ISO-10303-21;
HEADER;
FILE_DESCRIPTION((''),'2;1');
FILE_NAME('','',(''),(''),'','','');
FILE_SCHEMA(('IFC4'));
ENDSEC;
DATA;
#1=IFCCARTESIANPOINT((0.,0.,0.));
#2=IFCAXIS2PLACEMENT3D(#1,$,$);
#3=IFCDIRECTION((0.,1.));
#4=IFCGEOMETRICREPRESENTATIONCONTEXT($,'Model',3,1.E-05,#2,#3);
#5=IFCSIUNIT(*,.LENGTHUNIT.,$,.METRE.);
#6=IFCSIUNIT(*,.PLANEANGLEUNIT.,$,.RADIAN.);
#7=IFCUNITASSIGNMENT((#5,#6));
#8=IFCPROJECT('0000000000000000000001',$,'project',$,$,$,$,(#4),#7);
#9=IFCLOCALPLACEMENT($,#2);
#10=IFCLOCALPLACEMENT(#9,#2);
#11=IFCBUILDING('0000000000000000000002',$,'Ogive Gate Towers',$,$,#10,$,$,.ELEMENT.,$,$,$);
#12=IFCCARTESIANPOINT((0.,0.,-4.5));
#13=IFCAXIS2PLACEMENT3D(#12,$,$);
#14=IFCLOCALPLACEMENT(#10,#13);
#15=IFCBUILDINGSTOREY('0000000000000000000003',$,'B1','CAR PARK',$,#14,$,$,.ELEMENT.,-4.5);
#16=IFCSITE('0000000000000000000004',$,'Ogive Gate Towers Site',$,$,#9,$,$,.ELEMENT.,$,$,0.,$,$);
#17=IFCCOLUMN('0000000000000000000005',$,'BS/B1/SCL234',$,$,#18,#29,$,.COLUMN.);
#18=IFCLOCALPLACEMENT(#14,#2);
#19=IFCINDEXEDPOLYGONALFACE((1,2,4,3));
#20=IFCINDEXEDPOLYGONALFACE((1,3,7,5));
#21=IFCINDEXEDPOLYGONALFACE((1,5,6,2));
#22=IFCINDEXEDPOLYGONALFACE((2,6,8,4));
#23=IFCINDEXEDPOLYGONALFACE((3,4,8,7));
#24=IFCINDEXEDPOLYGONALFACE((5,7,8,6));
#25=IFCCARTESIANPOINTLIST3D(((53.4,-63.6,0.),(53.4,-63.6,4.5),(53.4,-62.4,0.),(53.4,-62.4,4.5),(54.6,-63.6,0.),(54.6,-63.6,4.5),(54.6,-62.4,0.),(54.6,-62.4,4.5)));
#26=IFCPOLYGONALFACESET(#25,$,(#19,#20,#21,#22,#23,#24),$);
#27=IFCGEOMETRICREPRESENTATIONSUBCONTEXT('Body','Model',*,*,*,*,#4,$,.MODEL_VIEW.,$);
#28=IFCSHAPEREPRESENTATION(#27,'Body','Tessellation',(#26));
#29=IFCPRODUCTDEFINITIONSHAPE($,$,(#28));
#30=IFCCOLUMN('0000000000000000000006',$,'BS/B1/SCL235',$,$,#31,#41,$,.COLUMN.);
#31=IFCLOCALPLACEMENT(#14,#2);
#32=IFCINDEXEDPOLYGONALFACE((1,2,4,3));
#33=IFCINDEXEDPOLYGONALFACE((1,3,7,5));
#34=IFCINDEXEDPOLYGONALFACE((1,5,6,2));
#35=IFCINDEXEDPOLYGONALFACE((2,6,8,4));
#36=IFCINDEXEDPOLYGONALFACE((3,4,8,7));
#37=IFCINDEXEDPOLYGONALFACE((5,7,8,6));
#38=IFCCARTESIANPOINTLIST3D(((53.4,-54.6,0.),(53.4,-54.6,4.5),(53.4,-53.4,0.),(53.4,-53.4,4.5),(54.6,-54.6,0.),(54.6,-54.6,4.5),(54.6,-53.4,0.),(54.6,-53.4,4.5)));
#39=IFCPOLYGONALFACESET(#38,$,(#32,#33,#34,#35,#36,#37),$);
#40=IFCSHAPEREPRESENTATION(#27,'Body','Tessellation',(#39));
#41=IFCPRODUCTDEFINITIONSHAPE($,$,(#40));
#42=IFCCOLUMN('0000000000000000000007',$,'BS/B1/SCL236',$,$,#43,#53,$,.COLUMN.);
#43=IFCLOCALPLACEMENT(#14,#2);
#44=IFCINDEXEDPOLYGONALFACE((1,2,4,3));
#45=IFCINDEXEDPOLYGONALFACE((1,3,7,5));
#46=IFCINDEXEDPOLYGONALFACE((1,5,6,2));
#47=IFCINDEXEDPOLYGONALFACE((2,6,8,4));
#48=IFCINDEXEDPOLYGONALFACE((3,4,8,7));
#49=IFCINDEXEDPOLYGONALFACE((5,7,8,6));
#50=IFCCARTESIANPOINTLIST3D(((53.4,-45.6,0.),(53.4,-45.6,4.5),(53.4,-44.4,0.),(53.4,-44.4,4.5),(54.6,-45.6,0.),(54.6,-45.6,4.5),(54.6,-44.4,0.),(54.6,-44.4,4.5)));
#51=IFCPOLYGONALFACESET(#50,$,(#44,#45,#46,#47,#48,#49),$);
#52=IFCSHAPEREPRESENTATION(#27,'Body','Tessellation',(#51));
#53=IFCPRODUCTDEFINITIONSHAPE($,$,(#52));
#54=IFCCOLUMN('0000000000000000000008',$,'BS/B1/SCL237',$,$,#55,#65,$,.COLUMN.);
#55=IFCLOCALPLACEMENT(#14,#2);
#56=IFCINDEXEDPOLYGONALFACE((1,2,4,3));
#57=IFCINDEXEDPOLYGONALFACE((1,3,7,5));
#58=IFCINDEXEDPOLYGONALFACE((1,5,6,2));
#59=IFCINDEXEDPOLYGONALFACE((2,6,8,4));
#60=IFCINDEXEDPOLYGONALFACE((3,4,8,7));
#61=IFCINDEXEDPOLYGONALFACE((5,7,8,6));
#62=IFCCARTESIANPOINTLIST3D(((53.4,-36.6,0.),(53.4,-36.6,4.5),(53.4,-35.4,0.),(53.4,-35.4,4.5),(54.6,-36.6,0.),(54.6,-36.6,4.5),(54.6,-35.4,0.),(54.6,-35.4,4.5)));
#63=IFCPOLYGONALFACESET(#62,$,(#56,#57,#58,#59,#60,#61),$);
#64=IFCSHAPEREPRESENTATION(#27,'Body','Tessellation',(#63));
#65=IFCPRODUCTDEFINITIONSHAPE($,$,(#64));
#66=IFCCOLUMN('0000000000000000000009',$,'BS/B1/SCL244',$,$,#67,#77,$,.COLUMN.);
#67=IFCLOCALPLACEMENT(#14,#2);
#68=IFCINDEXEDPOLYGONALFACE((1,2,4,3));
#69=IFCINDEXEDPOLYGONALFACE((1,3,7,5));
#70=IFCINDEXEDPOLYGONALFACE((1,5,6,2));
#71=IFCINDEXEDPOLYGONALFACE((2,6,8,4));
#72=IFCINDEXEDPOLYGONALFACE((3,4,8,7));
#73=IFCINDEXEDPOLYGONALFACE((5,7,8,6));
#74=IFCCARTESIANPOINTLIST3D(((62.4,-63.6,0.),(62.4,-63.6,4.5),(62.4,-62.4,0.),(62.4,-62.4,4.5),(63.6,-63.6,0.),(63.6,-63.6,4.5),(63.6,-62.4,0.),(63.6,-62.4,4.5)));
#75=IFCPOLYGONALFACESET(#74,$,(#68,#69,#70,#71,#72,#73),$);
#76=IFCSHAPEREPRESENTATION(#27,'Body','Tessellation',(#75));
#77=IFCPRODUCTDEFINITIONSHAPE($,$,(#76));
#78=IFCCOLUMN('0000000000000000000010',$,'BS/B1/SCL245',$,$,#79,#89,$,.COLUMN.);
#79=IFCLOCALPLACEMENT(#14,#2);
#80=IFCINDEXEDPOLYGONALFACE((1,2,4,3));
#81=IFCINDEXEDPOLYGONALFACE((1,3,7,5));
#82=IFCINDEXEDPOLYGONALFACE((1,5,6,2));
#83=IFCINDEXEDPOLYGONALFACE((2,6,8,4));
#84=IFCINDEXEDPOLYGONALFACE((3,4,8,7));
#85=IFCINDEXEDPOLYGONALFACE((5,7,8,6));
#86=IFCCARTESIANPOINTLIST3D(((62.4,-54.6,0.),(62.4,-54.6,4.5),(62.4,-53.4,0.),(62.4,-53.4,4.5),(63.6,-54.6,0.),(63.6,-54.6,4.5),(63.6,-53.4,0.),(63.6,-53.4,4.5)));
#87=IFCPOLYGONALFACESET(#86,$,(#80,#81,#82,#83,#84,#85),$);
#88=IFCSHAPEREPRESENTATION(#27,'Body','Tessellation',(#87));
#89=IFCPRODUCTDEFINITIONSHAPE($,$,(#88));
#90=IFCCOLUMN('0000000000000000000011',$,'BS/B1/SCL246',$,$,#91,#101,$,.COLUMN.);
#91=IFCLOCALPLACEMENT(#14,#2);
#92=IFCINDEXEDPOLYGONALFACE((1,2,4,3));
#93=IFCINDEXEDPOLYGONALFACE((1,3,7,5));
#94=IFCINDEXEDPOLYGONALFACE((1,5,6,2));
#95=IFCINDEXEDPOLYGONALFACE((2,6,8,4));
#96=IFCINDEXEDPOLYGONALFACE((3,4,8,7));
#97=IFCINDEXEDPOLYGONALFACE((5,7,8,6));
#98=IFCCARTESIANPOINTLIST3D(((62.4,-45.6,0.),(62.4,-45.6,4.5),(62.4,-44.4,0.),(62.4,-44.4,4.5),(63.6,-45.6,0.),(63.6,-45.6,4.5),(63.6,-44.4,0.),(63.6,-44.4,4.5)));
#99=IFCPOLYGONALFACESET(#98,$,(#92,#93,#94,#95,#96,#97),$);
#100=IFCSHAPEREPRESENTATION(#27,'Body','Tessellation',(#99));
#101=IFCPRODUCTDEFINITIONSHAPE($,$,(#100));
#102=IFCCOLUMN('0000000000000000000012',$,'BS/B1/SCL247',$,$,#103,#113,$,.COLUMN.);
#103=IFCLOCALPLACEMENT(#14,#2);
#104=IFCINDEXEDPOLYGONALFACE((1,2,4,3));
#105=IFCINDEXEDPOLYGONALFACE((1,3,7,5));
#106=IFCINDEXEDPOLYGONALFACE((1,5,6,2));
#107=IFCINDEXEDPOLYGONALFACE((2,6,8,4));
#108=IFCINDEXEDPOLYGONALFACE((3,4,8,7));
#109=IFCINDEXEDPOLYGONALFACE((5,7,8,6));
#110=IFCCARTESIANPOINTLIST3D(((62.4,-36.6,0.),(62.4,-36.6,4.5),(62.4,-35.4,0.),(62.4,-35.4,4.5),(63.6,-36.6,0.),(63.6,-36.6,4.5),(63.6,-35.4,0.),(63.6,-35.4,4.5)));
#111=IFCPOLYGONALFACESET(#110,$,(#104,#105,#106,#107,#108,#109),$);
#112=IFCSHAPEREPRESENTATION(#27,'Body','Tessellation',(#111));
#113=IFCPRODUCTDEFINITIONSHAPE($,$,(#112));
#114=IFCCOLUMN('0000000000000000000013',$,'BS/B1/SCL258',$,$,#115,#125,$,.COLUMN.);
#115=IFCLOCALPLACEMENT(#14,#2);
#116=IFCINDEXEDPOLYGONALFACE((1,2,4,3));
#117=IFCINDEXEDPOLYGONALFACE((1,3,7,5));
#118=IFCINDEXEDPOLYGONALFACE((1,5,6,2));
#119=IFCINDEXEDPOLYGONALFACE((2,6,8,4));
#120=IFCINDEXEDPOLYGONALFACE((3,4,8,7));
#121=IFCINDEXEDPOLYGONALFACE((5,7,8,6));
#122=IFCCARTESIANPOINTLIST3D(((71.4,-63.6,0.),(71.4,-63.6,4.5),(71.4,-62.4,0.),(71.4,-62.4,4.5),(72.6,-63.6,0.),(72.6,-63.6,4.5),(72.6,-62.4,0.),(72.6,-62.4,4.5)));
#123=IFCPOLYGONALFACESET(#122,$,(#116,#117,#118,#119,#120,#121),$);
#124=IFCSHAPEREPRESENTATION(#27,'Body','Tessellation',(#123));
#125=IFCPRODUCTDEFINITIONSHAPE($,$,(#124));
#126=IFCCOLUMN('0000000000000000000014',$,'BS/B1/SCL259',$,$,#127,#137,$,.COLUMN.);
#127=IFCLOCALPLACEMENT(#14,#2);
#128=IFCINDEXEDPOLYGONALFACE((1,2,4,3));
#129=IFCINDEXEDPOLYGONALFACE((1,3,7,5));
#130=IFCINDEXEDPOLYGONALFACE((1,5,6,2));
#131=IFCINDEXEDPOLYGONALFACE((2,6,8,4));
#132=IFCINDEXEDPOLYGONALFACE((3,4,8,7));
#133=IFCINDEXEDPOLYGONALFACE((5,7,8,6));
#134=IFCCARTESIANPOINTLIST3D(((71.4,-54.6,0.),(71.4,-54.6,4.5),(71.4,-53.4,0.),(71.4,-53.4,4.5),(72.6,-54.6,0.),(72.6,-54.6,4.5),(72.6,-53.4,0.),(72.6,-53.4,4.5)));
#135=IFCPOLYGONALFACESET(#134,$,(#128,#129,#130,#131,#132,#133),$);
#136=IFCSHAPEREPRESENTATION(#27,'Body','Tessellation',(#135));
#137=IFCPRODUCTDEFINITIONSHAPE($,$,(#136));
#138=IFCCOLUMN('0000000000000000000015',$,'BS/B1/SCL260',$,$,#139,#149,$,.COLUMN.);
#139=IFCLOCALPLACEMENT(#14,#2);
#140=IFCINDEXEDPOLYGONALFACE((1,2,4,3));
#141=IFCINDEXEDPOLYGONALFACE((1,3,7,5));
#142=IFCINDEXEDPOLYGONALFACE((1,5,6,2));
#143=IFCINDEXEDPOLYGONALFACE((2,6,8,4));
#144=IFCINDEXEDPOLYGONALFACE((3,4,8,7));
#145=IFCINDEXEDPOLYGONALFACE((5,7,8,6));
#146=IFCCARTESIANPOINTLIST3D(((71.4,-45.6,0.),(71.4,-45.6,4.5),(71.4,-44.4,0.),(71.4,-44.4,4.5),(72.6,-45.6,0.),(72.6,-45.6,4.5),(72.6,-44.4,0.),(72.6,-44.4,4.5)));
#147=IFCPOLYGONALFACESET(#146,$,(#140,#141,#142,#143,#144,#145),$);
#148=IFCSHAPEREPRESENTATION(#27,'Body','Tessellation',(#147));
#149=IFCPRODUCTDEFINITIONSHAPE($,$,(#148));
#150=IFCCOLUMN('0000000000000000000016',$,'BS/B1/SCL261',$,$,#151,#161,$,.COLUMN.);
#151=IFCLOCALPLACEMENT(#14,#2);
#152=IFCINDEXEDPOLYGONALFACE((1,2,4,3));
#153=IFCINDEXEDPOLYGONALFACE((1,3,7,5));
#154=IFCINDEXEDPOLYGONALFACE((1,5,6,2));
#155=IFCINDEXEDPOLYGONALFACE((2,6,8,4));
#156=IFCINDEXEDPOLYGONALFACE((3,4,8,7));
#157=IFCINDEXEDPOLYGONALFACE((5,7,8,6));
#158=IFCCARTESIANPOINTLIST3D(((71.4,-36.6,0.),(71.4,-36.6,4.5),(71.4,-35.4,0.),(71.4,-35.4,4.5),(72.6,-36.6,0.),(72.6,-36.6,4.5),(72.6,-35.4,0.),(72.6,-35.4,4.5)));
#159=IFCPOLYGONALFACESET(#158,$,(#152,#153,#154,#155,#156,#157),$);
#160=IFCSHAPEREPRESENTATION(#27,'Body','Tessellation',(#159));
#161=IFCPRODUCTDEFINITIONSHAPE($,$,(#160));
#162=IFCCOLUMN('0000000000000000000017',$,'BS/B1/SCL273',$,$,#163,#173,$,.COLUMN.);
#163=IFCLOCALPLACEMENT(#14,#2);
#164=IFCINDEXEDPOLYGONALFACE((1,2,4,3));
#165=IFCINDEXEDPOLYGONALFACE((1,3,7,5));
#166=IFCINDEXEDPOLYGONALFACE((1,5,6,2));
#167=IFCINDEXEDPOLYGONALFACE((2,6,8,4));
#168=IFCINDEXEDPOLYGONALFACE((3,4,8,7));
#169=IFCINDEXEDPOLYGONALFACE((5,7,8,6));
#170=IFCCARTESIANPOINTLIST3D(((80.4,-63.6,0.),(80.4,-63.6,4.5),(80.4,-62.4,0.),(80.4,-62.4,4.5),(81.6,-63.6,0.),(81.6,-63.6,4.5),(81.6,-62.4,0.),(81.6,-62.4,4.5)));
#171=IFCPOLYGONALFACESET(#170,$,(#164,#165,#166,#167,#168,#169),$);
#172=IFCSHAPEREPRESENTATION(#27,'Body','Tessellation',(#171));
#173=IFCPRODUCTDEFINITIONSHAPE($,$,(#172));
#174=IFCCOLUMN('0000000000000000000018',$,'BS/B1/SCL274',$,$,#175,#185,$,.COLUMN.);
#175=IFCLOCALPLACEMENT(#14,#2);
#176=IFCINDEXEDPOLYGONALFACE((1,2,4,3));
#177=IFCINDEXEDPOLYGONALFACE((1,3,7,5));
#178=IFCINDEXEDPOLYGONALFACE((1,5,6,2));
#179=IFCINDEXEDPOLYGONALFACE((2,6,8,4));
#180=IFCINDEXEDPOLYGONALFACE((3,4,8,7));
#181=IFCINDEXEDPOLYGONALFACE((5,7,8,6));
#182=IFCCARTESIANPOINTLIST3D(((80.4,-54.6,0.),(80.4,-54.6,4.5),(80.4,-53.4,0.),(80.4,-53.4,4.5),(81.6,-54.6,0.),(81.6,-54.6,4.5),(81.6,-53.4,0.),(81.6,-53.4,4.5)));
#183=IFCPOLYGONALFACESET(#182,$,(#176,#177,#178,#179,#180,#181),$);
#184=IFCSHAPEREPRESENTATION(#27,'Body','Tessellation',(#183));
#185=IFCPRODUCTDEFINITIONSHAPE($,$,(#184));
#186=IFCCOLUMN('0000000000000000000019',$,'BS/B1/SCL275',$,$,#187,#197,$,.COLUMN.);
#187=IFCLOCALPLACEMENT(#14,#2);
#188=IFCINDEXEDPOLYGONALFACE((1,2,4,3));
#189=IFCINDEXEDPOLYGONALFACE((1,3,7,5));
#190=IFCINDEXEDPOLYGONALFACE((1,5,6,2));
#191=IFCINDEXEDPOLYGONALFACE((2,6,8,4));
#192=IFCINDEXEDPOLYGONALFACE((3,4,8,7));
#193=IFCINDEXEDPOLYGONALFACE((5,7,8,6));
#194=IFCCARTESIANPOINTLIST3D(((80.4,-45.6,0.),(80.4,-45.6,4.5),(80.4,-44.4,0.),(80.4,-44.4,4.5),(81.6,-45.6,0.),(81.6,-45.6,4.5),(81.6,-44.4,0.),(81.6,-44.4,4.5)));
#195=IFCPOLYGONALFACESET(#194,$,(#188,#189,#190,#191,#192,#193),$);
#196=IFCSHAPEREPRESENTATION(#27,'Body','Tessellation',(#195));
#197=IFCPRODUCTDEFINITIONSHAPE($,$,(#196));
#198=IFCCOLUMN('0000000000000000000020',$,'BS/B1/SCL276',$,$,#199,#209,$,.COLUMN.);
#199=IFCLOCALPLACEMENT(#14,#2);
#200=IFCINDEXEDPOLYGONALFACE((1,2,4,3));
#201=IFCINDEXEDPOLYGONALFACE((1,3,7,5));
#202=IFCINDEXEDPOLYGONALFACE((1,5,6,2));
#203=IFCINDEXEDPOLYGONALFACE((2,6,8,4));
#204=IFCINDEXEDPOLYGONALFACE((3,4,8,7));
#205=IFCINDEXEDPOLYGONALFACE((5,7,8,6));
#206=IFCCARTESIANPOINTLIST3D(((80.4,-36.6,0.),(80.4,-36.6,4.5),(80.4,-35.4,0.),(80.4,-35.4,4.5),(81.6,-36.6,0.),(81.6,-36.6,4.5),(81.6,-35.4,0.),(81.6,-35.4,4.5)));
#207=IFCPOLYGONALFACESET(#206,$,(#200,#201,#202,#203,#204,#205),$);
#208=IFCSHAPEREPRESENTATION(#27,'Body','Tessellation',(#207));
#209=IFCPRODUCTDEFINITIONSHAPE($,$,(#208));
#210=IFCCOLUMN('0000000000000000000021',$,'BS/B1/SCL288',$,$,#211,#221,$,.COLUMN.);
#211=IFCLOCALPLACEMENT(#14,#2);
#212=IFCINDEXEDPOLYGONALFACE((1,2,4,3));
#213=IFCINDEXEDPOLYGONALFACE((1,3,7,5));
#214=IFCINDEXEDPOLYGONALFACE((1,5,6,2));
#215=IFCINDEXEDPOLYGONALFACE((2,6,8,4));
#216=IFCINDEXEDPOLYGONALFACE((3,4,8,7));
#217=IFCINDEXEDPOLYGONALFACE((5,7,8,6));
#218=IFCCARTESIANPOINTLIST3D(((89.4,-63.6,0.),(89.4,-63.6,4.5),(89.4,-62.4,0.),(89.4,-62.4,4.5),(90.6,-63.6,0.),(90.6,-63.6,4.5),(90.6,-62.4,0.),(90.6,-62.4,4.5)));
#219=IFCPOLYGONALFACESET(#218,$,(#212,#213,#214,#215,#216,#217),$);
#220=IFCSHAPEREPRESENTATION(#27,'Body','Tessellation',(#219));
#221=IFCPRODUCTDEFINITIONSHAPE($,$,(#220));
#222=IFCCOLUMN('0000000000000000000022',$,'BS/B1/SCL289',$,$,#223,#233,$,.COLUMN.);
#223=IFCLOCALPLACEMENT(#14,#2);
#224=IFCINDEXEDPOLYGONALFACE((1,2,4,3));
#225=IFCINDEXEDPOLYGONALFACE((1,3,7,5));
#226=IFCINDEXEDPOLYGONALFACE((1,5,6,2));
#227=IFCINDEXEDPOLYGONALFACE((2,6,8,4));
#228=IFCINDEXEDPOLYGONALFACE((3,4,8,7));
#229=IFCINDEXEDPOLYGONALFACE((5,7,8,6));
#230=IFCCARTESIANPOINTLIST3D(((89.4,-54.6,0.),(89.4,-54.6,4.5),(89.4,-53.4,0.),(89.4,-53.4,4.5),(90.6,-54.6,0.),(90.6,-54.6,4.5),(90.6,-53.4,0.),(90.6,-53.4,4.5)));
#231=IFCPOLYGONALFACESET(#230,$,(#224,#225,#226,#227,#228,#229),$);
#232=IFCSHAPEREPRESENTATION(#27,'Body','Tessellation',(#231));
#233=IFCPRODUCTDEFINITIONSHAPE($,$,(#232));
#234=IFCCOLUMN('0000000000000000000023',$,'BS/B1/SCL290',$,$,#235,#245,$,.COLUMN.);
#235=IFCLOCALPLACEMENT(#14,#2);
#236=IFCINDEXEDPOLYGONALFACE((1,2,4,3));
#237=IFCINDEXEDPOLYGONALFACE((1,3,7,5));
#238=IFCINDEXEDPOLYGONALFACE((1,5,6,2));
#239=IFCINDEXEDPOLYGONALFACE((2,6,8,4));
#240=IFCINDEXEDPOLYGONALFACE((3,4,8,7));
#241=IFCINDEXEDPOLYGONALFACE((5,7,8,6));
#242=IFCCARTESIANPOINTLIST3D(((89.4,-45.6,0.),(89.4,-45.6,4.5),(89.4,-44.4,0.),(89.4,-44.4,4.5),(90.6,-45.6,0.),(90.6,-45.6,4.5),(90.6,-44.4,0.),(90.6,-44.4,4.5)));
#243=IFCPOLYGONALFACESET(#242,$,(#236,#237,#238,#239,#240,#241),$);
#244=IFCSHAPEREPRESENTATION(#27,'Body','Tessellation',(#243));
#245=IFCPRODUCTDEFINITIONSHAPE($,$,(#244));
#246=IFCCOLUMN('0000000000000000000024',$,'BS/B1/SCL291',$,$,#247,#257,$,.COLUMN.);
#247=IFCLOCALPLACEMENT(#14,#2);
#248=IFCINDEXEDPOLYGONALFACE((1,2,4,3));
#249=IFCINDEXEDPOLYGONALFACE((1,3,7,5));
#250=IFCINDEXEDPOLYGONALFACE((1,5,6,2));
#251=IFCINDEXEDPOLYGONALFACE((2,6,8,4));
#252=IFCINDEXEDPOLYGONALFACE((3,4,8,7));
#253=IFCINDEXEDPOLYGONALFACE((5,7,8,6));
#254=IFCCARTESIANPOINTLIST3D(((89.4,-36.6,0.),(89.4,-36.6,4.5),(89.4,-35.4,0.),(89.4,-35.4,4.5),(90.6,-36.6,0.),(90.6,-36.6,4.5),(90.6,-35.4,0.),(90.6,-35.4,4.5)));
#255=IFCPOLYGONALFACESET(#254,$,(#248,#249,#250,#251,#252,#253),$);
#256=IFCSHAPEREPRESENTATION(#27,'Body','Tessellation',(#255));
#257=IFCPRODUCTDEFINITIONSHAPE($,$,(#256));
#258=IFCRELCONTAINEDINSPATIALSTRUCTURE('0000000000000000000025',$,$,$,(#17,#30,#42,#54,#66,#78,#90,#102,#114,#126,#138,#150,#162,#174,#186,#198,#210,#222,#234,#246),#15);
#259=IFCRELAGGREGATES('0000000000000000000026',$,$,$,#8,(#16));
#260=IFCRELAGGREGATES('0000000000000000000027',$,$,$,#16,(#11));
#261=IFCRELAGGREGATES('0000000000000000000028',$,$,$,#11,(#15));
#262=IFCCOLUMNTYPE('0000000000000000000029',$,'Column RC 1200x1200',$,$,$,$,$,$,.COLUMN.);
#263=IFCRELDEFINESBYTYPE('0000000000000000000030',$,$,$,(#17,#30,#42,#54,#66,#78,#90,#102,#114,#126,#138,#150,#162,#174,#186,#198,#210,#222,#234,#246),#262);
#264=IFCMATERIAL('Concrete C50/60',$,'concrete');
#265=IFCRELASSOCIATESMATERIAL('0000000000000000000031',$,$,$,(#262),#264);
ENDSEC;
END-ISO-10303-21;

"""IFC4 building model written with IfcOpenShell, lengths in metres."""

from ifc_helpers import new_model, si_unit, direction, frame, origin, origin_2d, place, context, subcontext, project, spatial, rectangle, extrude, material, material_profile, profile_set, type_object, element, save


model = new_model("IFC4")

# Units and contexts
model_context = context("Model", 3, precision=1e-05, world=origin(), true_north=direction((0.0, 1.0)))
body_context = subcontext(model_context, "Body", "Model", "MODEL_VIEW")
ifc_project = project(units=[si_unit("LENGTHUNIT", "METRE"), si_unit("PLANEANGLEUNIT", "RADIAN")], contexts=[model_context])

# Site, building, storey
site_placement = place(None, origin())
site = spatial("IfcSite", under=ifc_project, at=site_placement, Name="Ogive Gate Towers Site", CompositionType="ELEMENT", RefElevation=0.0)
building_placement = place(site_placement, origin())
building = spatial("IfcBuilding", under=site, at=building_placement, Name="Ogive Gate Towers", CompositionType="ELEMENT")
storey_placement = place(building_placement, frame((0.0, 0.0, -4.5)))
storey = spatial("IfcBuildingStorey", under=building, at=storey_placement, Name="B1", Description="CAR PARK", CompositionType="ELEMENT", Elevation=-4.5)

# Columns
ifc_material_1 = material(Name="Concrete C50/60", Category="concrete")
ifc_material_profile = material_profile(ifc_material_1, rectangle(XDim=1.2, YDim=1.2, at=origin_2d()), Name="RC 1200x1200")
ifc_profile_set = profile_set([ifc_material_profile], Name="Concrete C50/60")
column_type = type_object("IfcColumnType", Name="Column RC 1200x1200", PredefinedType="COLUMN", material=ifc_profile_set)
for number, where, z_axis, x_axis, name in (
    (1, (54.0, -63.0, 0.0), (0.0, 0.0, 1.0), (1.0, 0.0, 0.0), "BS/B1/SCL234"),
    (2, (54.0, -54.0, 0.0), (0.0, 0.0, 1.0), (1.0, 0.0, 0.0), "BS/B1/SCL235"),
    (3, (54.0, -45.0, 0.0), (0.0, 0.0, 1.0), (1.0, 0.0, 0.0), "BS/B1/SCL236"),
    (4, (54.0, -36.0, 0.0), (0.0, 0.0, 1.0), (1.0, 0.0, 0.0), "BS/B1/SCL237"),
    (5, (63.0, -63.0, 0.0), (0.0, 0.0, 1.0), (1.0, 0.0, 0.0), "BS/B1/SCL244"),
    (6, (63.0, -54.0, 0.0), (0.0, 0.0, 1.0), (1.0, 0.0, 0.0), "BS/B1/SCL245"),
    (7, (63.0, -45.0, 0.0), (0.0, 0.0, 1.0), (1.0, 0.0, 0.0), "BS/B1/SCL246"),
    (8, (63.0, -36.0, 0.0), (0.0, 0.0, 1.0), (1.0, 0.0, 0.0), "BS/B1/SCL247"),
    (9, (72.0, -63.0, 0.0), (0.0, 0.0, 1.0), (1.0, 0.0, 0.0), "BS/B1/SCL258"),
    (10, (72.0, -54.0, 0.0), (0.0, 0.0, 1.0), (1.0, 0.0, 0.0), "BS/B1/SCL259"),
    (11, (72.0, -45.0, 0.0), (0.0, 0.0, 1.0), (1.0, 0.0, 0.0), "BS/B1/SCL260"),
    (12, (72.0, -36.0, 0.0), (0.0, 0.0, 1.0), (1.0, 0.0, 0.0), "BS/B1/SCL261"),
    (13, (81.0, -63.0, 0.0), (0.0, 0.0, 1.0), (1.0, 0.0, 0.0), "BS/B1/SCL273"),
    (14, (81.0, -54.0, 0.0), (0.0, 0.0, 1.0), (1.0, 0.0, 0.0), "BS/B1/SCL274"),
    (15, (81.0, -45.0, 0.0), (0.0, 0.0, 1.0), (1.0, 0.0, 0.0), "BS/B1/SCL275"),
    (16, (81.0, -36.0, 0.0), (0.0, 0.0, 1.0), (1.0, 0.0, 0.0), "BS/B1/SCL276"),
    (17, (90.0, -63.0, 0.0), (0.0, 0.0, 1.0), (1.0, 0.0, 0.0), "BS/B1/SCL288"),
    (18, (90.0, -54.0, 0.0), (0.0, 0.0, 1.0), (1.0, 0.0, 0.0), "BS/B1/SCL289"),
    (19, (90.0, -45.0, 0.0), (0.0, 0.0, 1.0), (1.0, 0.0, 0.0), "BS/B1/SCL290"),
    (20, (90.0, -36.0, 0.0), (0.0, 0.0, 1.0), (1.0, 0.0, 0.0), "BS/B1/SCL291"),
):
    element("IfcColumn", number, at=place(storey_placement, frame(where, z_axis=z_axis, x_axis=x_axis)), inside=storey, type_object=column_type, Name=name, PredefinedType="COLUMN", context=body_context, shape_type="SweptSolid", body=[
        extrude(rectangle(XDim=1.2, YDim=1.2, at=origin_2d()), origin(), (0.0, 0.0, 1.0), 4.5),
    ])

save(model, "model.ifc")
